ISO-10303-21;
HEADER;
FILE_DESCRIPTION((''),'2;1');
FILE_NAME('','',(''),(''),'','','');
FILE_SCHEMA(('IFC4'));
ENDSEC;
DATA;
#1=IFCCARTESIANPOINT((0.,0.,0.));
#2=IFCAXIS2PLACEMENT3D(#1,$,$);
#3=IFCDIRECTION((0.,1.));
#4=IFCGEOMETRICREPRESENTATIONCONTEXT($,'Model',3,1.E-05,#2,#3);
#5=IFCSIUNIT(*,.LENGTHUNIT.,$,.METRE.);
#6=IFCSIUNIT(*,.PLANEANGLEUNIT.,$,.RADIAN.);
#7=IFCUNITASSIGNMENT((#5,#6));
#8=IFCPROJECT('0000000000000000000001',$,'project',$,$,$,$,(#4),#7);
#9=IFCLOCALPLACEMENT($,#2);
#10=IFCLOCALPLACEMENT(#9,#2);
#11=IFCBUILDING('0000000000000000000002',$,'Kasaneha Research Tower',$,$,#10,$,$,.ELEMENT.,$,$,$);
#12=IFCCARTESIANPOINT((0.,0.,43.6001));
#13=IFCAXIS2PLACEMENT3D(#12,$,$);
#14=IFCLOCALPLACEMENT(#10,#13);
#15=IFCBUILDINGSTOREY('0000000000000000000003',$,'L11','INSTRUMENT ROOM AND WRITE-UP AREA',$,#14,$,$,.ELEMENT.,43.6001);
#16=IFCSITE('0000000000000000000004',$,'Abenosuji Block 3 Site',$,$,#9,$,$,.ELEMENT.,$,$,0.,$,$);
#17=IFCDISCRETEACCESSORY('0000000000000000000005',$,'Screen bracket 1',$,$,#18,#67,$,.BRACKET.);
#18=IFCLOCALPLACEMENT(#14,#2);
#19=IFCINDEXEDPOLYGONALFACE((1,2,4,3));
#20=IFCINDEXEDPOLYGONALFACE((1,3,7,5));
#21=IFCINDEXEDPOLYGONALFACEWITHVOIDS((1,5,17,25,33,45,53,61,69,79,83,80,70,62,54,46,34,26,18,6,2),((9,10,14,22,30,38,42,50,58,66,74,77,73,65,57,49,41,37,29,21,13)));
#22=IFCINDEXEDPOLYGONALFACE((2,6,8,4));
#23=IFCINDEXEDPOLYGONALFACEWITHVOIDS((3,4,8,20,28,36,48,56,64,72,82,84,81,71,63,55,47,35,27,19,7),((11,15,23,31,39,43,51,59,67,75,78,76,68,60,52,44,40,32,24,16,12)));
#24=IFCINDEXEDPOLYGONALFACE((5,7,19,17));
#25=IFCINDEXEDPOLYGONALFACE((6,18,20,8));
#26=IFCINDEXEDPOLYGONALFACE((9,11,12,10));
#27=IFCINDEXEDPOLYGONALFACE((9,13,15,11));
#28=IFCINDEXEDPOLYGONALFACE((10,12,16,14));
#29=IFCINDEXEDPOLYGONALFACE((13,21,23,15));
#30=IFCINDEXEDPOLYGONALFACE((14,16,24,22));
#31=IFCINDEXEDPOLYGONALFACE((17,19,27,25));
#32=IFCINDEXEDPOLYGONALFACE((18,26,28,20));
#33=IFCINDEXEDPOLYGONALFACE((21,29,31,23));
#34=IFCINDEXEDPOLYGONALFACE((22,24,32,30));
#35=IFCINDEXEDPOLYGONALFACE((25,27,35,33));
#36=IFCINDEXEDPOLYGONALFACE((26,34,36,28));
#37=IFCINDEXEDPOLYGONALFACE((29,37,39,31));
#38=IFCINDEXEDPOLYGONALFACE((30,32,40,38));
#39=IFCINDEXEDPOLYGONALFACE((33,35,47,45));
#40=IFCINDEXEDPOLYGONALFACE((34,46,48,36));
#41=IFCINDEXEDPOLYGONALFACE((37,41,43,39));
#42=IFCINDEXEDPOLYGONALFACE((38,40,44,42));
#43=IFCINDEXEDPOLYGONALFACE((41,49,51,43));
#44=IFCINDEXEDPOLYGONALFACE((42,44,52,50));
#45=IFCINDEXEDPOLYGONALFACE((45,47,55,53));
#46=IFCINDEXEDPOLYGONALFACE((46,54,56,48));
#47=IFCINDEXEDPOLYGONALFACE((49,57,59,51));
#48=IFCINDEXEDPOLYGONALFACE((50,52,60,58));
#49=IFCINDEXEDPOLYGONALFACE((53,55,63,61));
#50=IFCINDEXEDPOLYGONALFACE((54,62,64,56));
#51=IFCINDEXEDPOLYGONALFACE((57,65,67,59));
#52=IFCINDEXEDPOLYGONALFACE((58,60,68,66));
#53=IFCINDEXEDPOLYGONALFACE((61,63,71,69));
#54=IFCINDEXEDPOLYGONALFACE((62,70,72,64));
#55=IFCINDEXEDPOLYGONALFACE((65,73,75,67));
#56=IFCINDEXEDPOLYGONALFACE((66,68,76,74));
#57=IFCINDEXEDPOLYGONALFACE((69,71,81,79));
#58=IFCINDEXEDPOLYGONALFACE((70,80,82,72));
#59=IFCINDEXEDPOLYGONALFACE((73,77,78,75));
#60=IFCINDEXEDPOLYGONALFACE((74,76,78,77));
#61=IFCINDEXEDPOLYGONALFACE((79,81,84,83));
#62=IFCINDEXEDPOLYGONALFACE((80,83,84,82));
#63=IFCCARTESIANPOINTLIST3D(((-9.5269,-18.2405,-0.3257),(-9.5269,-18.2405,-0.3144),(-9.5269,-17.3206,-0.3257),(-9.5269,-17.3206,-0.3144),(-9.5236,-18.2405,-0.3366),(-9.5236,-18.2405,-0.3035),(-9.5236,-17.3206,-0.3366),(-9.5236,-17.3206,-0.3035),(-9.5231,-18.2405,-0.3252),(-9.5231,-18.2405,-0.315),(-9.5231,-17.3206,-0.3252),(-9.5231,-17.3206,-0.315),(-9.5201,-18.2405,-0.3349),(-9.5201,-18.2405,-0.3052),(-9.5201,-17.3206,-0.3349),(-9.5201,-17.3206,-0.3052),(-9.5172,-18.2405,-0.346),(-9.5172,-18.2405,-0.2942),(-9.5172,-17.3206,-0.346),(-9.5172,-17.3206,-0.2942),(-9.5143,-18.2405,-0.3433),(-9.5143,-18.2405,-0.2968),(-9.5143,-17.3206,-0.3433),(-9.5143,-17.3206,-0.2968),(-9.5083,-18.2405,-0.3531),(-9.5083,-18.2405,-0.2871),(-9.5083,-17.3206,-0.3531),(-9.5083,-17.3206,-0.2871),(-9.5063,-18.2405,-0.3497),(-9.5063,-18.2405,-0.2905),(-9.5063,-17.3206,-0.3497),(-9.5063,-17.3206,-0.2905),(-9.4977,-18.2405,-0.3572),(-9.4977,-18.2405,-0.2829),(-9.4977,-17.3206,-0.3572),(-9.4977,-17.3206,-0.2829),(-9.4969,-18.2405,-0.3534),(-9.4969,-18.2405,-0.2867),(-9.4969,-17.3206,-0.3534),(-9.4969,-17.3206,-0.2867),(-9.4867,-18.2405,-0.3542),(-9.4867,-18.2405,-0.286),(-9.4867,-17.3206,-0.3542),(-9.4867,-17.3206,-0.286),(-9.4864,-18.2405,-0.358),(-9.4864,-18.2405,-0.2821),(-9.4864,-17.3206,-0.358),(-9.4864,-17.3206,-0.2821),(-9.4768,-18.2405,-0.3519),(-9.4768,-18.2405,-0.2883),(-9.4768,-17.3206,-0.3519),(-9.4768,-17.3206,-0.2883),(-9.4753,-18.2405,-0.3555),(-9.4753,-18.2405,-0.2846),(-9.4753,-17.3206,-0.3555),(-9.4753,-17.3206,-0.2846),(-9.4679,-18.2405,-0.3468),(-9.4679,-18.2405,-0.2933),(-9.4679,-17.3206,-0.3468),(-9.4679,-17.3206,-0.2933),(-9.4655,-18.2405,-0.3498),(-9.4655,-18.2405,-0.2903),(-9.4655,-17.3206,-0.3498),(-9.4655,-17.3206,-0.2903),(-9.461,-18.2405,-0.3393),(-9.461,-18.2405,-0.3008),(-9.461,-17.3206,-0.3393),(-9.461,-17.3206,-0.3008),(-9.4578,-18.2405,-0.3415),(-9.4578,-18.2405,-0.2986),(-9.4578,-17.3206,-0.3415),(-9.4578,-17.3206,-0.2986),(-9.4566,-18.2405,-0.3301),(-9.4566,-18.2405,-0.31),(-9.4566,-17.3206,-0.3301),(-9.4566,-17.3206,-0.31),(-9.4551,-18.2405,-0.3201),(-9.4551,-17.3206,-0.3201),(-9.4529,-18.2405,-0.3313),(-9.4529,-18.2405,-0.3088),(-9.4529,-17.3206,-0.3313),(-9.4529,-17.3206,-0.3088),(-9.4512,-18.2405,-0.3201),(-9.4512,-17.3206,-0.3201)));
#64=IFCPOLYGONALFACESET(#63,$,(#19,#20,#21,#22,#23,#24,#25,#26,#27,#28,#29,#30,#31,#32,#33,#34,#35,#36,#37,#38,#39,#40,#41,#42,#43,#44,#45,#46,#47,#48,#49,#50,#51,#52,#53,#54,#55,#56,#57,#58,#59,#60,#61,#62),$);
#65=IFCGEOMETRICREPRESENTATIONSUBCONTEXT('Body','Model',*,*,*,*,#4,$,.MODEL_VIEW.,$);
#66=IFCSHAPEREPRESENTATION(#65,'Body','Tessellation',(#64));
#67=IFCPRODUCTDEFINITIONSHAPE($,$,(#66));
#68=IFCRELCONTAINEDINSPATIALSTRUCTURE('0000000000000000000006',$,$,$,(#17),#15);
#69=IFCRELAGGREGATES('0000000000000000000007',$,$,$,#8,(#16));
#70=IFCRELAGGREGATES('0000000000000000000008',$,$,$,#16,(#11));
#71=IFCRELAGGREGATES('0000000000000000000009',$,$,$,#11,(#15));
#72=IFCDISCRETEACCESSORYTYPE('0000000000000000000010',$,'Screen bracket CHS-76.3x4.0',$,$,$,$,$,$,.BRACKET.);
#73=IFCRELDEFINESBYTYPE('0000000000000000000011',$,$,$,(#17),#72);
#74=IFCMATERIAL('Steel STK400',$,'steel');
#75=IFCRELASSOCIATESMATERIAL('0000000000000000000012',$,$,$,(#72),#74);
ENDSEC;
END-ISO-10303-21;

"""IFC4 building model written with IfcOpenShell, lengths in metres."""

from ifc_helpers import new_model, si_unit, direction, frame, origin, origin_2d, place, context, subcontext, project, spatial, hollow_circle, extrude, material, material_profile, profile_set, type_object, element, save


model = new_model("IFC4")

# Units and contexts
model_context = context("Model", 3, precision=1e-05, world=origin(), true_north=direction((0.0, 1.0)))
body_context = subcontext(model_context, "Body", "Model", "MODEL_VIEW")
ifc_project = project(units=[si_unit("LENGTHUNIT", "METRE"), si_unit("PLANEANGLEUNIT", "RADIAN")], contexts=[model_context])

# Site, building, storey
site_placement = place(None, origin())
site = spatial("IfcSite", under=ifc_project, at=site_placement, Name="Abenosuji Block 3 Site", CompositionType="ELEMENT", RefElevation=0.0)
building_placement = place(site_placement, origin())
building = spatial("IfcBuilding", under=site, at=building_placement, Name="Kasaneha Research Tower", CompositionType="ELEMENT")
storey_placement = place(building_placement, frame((0.0, 0.0, 43.6001)))
storey = spatial("IfcBuildingStorey", under=building, at=storey_placement, Name="L11", Description="INSTRUMENT ROOM AND WRITE-UP AREA", CompositionType="ELEMENT", Elevation=43.6001)

# Discrete accessory
ifc_material_1 = material(Name="Steel STK400", Category="steel")
ifc_material_profile_1 = material_profile(ifc_material_1, hollow_circle(Radius=0.0381, WallThickness=0.0039, at=origin_2d()), Name="CHS-76.3x4.0")
ifc_profile_set_1 = profile_set([ifc_material_profile_1], Name="Steel STK400")
discrete_accessory_type = type_object("IfcDiscreteAccessoryType", Name="Screen bracket CHS-76.3x4.0", PredefinedType="BRACKET", material=ifc_profile_set_1)
discrete_accessory_placement = place(storey_placement, frame((-9.4893, -17.3206, -0.3201), z_axis=(0.0, -1.0, 0.0), x_axis=(1.0, 0.0, 0.0)))
element("IfcDiscreteAccessory", 1, at=discrete_accessory_placement, inside=storey, type_object=discrete_accessory_type, Name="Screen bracket 1", PredefinedType="BRACKET", context=body_context, shape_type="SweptSolid", body=[
    extrude(hollow_circle(Radius=0.0381, WallThickness=0.0039, at=origin_2d()), origin(), (0.0, 0.0, 1.0), 0.9199),
])

save(model, "model.ifc")
